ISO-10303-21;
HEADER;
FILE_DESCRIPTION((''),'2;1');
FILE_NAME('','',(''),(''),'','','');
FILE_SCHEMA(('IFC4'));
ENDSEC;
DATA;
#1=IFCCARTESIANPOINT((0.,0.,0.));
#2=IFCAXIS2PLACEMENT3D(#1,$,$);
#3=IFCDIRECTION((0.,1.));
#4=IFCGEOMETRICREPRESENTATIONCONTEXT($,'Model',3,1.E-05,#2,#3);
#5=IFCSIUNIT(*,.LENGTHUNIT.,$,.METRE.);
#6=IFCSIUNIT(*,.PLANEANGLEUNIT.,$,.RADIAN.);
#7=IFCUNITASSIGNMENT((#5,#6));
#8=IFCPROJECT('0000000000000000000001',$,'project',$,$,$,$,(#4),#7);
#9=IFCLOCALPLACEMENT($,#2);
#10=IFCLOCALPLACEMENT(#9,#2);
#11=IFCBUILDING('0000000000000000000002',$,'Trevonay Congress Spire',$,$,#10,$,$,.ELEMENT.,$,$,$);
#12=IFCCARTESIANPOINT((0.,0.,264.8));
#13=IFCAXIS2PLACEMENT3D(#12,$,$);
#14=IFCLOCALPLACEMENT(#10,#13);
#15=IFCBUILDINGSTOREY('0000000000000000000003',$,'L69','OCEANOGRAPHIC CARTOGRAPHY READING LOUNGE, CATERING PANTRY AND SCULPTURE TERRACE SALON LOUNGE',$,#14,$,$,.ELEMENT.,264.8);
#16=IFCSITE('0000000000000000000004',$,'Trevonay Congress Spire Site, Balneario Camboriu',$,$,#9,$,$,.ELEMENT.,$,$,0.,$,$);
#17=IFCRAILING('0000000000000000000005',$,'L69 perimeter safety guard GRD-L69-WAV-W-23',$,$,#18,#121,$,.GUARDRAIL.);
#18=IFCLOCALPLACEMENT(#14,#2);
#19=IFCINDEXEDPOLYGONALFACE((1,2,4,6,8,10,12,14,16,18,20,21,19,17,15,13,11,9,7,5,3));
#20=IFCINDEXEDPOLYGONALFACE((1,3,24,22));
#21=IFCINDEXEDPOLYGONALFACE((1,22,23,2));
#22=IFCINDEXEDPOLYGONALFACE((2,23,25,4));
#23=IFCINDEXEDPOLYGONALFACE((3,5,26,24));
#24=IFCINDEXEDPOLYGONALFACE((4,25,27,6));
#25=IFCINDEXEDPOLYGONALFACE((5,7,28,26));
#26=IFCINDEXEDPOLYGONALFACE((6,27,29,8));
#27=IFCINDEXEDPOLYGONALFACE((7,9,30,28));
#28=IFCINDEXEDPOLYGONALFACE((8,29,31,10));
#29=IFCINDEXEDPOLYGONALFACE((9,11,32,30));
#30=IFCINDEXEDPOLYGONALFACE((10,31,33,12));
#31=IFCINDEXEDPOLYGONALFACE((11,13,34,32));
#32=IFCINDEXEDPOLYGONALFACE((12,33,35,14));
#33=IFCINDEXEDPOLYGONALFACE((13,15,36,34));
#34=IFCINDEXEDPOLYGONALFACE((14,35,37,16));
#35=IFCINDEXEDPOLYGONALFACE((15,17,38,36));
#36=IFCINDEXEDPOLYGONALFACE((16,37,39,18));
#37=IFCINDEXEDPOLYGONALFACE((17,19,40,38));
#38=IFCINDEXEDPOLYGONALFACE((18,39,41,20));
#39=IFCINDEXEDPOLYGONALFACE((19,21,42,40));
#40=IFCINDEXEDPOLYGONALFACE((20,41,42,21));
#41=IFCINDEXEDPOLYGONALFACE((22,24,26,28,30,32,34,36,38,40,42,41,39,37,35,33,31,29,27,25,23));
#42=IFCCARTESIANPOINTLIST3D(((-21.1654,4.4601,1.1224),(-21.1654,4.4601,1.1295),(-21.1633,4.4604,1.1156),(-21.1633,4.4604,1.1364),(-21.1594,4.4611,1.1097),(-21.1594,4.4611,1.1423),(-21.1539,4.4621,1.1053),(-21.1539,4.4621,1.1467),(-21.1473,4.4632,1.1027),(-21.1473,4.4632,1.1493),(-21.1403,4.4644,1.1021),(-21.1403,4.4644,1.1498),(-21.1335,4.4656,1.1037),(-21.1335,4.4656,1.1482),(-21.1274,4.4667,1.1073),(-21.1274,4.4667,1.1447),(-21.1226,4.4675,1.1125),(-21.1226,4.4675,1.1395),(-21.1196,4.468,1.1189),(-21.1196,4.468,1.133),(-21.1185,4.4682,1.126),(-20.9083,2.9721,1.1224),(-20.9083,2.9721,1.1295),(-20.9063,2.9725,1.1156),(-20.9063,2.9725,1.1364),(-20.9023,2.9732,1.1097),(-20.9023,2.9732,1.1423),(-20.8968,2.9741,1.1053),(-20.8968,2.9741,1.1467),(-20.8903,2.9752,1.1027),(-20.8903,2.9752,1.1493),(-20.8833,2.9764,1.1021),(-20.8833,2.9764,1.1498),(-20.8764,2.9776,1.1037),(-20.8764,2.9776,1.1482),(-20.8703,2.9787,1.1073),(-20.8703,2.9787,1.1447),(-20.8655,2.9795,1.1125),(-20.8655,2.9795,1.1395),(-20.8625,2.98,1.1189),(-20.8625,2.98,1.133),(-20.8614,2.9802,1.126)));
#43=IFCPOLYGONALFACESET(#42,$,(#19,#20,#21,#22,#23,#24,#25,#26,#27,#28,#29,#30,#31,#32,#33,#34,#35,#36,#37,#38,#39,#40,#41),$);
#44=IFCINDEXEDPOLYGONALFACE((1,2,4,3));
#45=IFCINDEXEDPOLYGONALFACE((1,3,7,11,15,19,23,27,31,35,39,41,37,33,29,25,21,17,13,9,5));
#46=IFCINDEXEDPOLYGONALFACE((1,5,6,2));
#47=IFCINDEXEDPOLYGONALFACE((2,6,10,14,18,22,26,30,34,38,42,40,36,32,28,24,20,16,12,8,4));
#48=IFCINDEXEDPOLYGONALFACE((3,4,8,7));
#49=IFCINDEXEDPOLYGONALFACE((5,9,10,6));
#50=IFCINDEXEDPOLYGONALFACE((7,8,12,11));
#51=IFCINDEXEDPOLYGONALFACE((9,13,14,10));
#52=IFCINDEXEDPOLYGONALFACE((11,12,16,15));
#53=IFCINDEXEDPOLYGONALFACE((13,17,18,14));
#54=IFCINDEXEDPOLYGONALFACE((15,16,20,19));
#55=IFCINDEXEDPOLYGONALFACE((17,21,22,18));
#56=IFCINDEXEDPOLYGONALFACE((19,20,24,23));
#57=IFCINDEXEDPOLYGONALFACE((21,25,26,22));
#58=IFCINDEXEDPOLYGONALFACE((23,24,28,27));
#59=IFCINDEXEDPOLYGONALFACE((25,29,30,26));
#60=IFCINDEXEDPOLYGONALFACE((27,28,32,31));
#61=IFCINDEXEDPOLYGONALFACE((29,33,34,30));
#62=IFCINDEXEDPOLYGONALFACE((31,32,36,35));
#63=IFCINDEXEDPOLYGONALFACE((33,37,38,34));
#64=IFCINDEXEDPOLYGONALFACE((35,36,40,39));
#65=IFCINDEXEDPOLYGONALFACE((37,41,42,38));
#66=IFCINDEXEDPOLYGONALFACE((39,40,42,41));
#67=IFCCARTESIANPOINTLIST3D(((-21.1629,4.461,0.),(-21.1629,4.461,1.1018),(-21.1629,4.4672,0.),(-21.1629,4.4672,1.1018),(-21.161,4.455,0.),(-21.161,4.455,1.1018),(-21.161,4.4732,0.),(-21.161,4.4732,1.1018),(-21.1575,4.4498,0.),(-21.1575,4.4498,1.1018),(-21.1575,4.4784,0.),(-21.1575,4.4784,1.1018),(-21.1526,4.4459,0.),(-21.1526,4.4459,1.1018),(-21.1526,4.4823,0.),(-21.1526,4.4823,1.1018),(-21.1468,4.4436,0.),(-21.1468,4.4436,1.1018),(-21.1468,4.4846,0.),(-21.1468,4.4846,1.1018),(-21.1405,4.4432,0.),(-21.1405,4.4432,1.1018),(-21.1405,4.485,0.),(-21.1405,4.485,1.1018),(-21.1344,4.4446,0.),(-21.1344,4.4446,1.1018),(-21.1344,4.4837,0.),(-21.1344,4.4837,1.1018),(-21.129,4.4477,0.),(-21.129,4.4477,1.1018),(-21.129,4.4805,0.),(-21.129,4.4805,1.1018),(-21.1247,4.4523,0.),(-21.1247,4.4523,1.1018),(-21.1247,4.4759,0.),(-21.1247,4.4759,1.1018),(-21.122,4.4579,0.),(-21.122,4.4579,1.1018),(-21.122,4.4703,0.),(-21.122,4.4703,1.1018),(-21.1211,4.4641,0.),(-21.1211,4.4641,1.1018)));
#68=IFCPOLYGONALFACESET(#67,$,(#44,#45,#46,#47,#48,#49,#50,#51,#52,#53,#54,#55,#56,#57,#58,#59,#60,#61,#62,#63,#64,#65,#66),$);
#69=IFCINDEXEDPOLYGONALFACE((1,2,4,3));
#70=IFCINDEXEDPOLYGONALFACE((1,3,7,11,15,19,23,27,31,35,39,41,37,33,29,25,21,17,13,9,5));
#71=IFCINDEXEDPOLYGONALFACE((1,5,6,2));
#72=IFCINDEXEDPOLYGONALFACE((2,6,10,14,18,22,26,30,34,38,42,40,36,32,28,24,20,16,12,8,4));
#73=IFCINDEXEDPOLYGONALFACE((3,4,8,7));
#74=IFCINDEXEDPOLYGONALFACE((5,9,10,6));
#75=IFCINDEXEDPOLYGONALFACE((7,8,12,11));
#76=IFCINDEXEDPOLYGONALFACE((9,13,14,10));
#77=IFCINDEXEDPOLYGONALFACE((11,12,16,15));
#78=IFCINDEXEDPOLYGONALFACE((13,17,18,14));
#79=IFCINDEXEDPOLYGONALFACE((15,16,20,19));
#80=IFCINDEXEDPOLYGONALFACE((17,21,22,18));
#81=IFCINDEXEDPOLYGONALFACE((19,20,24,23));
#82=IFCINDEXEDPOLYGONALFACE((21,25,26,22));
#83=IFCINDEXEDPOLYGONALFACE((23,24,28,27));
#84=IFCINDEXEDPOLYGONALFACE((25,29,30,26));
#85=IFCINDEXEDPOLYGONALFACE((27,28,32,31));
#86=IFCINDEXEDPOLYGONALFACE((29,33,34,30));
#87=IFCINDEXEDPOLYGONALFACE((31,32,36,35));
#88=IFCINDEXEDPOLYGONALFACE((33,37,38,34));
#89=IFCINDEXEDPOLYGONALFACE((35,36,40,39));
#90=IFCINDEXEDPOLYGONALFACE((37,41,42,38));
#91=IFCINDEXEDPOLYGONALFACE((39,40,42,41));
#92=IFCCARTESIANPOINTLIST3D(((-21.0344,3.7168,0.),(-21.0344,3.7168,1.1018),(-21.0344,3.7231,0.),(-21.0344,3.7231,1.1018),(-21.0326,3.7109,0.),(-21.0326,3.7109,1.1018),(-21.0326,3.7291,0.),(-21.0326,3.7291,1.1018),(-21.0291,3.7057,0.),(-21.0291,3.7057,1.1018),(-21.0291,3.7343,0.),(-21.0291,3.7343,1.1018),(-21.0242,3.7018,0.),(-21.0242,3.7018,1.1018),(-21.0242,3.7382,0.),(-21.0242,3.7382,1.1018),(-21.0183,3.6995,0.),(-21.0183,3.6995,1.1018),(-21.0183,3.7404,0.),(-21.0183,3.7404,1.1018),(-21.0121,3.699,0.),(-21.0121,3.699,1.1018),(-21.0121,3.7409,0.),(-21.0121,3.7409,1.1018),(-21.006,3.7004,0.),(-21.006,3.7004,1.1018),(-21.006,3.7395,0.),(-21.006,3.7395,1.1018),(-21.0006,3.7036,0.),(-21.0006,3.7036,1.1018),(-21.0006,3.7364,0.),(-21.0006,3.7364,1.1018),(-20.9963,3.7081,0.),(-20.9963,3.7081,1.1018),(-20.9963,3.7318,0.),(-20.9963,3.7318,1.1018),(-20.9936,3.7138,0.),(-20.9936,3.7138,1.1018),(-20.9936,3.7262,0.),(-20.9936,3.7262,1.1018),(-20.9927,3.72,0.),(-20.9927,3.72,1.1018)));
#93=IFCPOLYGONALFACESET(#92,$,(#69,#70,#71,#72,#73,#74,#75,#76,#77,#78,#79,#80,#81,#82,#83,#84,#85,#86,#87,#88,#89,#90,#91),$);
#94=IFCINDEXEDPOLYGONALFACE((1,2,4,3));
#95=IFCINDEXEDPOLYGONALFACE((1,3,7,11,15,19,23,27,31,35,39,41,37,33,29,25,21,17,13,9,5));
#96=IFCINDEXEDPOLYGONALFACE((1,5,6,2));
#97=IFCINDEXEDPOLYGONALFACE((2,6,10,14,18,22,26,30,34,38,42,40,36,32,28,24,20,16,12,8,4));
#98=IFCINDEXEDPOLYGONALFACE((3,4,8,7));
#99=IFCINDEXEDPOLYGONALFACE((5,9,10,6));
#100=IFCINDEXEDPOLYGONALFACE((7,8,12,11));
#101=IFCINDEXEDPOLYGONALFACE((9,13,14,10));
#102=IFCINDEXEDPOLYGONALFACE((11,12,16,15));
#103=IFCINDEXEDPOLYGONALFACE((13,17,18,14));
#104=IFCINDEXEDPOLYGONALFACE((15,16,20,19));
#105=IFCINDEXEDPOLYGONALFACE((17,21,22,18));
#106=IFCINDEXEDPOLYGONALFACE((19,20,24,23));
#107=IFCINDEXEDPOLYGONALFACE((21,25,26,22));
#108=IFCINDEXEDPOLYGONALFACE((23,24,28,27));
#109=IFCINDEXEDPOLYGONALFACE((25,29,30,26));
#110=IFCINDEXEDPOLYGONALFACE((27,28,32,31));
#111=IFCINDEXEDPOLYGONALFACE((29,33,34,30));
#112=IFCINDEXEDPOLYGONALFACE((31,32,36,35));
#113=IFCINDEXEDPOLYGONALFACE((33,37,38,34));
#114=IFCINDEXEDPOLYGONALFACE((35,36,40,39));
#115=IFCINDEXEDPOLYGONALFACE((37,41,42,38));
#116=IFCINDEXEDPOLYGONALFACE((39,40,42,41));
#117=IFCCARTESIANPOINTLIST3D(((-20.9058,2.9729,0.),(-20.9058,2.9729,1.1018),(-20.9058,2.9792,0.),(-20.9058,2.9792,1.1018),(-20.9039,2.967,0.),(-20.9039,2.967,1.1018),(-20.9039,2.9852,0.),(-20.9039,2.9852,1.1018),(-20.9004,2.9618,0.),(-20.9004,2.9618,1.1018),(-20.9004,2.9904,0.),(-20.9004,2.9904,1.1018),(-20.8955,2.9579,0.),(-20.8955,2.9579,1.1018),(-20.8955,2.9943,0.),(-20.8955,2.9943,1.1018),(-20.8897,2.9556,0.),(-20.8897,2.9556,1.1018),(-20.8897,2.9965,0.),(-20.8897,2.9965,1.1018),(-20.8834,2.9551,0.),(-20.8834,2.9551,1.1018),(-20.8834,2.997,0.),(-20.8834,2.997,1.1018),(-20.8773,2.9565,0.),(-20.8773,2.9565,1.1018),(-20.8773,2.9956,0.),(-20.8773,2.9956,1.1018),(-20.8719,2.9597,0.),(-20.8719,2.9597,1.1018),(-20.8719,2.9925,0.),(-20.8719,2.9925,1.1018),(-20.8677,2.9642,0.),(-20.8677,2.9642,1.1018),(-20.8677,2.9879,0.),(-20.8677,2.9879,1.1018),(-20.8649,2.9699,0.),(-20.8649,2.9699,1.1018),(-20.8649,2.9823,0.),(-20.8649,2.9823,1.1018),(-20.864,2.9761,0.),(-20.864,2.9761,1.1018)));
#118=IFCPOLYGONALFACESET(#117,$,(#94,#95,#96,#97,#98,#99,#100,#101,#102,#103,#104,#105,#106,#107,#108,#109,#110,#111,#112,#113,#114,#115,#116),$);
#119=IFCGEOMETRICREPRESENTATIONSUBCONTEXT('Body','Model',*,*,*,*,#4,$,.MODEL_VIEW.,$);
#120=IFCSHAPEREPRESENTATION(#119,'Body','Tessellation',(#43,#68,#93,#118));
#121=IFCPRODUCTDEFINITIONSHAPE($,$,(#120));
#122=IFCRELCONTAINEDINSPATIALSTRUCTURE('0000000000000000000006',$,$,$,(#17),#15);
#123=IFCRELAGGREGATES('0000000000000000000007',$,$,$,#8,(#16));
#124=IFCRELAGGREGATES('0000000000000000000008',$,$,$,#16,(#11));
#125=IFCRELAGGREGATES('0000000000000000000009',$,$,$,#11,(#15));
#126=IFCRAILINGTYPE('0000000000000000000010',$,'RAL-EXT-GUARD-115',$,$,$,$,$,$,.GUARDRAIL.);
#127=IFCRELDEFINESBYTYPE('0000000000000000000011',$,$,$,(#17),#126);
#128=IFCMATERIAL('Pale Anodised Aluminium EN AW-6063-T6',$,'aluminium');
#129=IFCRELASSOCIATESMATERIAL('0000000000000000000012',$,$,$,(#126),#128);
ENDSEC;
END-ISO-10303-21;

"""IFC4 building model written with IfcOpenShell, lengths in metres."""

from ifc_helpers import new_model, si_unit, direction, frame, origin, origin_2d, place, context, subcontext, project, spatial, circle, extrude, material, type_object, element, save


model = new_model("IFC4")

# Units and contexts
model_context = context("Model", 3, precision=1e-05, world=origin(), true_north=direction((0.0, 1.0)))
body_context = subcontext(model_context, "Body", "Model", "MODEL_VIEW")
ifc_project = project(units=[si_unit("LENGTHUNIT", "METRE"), si_unit("PLANEANGLEUNIT", "RADIAN")], contexts=[model_context])

# Site, building, storey
site_placement = place(None, origin())
site = spatial("IfcSite", under=ifc_project, at=site_placement, Name="Trevonay Congress Spire Site, Balneario Camboriu", CompositionType="ELEMENT", RefElevation=0.0)
building_placement = place(site_placement, origin())
building = spatial("IfcBuilding", under=site, at=building_placement, Name="Trevonay Congress Spire", CompositionType="ELEMENT")
storey_placement = place(building_placement, frame((0.0, 0.0, 264.8)))
storey = spatial("IfcBuildingStorey", under=building, at=storey_placement, Name="L69", Description="OCEANOGRAPHIC CARTOGRAPHY READING LOUNGE, CATERING PANTRY AND SCULPTURE TERRACE SALON LOUNGE", CompositionType="ELEMENT", Elevation=264.8)

# Shared definitions
ifc_material_1 = material(Name="Pale Anodised Aluminium EN AW-6063-T6", Category="aluminium")

# Railing
railing_type = type_object("IfcRailingType", Name="RAL-EXT-GUARD-115", PredefinedType="GUARDRAIL", material=ifc_material_1)
railing_1_placement = place(storey_placement, frame((-21.1421, 4.4641, 0.0)))
element("IfcRailing", 1, at=railing_1_placement, inside=storey, type_object=railing_type, Name="L69 perimeter safety guard GRD-L69-WAV-W-23", PredefinedType="GUARDRAIL", context=body_context, shape_type="SweptSolid", body=[
    extrude(circle(Radius=0.0239, at=origin_2d()), frame((0.0, 0.0, 1.126), z_axis=(0.170243, -0.985402, 0.0), x_axis=(0.985402, 0.170243, 0.0)), (0.0, 0.0, 1.0), 1.51),
    extrude(circle(Radius=0.021, at=origin_2d()), origin(), (0.0, 0.0, 1.0), 1.1018),
    extrude(circle(Radius=0.021, at=origin_2d()), frame((0.1284, -0.7441, 0.0)), (0.0, 0.0, 1.0), 1.1018),
    extrude(circle(Radius=0.021, at=origin_2d()), frame((0.2571, -1.488, 0.0)), (0.0, 0.0, 1.0), 1.1018),
])

save(model, "model.ifc")
